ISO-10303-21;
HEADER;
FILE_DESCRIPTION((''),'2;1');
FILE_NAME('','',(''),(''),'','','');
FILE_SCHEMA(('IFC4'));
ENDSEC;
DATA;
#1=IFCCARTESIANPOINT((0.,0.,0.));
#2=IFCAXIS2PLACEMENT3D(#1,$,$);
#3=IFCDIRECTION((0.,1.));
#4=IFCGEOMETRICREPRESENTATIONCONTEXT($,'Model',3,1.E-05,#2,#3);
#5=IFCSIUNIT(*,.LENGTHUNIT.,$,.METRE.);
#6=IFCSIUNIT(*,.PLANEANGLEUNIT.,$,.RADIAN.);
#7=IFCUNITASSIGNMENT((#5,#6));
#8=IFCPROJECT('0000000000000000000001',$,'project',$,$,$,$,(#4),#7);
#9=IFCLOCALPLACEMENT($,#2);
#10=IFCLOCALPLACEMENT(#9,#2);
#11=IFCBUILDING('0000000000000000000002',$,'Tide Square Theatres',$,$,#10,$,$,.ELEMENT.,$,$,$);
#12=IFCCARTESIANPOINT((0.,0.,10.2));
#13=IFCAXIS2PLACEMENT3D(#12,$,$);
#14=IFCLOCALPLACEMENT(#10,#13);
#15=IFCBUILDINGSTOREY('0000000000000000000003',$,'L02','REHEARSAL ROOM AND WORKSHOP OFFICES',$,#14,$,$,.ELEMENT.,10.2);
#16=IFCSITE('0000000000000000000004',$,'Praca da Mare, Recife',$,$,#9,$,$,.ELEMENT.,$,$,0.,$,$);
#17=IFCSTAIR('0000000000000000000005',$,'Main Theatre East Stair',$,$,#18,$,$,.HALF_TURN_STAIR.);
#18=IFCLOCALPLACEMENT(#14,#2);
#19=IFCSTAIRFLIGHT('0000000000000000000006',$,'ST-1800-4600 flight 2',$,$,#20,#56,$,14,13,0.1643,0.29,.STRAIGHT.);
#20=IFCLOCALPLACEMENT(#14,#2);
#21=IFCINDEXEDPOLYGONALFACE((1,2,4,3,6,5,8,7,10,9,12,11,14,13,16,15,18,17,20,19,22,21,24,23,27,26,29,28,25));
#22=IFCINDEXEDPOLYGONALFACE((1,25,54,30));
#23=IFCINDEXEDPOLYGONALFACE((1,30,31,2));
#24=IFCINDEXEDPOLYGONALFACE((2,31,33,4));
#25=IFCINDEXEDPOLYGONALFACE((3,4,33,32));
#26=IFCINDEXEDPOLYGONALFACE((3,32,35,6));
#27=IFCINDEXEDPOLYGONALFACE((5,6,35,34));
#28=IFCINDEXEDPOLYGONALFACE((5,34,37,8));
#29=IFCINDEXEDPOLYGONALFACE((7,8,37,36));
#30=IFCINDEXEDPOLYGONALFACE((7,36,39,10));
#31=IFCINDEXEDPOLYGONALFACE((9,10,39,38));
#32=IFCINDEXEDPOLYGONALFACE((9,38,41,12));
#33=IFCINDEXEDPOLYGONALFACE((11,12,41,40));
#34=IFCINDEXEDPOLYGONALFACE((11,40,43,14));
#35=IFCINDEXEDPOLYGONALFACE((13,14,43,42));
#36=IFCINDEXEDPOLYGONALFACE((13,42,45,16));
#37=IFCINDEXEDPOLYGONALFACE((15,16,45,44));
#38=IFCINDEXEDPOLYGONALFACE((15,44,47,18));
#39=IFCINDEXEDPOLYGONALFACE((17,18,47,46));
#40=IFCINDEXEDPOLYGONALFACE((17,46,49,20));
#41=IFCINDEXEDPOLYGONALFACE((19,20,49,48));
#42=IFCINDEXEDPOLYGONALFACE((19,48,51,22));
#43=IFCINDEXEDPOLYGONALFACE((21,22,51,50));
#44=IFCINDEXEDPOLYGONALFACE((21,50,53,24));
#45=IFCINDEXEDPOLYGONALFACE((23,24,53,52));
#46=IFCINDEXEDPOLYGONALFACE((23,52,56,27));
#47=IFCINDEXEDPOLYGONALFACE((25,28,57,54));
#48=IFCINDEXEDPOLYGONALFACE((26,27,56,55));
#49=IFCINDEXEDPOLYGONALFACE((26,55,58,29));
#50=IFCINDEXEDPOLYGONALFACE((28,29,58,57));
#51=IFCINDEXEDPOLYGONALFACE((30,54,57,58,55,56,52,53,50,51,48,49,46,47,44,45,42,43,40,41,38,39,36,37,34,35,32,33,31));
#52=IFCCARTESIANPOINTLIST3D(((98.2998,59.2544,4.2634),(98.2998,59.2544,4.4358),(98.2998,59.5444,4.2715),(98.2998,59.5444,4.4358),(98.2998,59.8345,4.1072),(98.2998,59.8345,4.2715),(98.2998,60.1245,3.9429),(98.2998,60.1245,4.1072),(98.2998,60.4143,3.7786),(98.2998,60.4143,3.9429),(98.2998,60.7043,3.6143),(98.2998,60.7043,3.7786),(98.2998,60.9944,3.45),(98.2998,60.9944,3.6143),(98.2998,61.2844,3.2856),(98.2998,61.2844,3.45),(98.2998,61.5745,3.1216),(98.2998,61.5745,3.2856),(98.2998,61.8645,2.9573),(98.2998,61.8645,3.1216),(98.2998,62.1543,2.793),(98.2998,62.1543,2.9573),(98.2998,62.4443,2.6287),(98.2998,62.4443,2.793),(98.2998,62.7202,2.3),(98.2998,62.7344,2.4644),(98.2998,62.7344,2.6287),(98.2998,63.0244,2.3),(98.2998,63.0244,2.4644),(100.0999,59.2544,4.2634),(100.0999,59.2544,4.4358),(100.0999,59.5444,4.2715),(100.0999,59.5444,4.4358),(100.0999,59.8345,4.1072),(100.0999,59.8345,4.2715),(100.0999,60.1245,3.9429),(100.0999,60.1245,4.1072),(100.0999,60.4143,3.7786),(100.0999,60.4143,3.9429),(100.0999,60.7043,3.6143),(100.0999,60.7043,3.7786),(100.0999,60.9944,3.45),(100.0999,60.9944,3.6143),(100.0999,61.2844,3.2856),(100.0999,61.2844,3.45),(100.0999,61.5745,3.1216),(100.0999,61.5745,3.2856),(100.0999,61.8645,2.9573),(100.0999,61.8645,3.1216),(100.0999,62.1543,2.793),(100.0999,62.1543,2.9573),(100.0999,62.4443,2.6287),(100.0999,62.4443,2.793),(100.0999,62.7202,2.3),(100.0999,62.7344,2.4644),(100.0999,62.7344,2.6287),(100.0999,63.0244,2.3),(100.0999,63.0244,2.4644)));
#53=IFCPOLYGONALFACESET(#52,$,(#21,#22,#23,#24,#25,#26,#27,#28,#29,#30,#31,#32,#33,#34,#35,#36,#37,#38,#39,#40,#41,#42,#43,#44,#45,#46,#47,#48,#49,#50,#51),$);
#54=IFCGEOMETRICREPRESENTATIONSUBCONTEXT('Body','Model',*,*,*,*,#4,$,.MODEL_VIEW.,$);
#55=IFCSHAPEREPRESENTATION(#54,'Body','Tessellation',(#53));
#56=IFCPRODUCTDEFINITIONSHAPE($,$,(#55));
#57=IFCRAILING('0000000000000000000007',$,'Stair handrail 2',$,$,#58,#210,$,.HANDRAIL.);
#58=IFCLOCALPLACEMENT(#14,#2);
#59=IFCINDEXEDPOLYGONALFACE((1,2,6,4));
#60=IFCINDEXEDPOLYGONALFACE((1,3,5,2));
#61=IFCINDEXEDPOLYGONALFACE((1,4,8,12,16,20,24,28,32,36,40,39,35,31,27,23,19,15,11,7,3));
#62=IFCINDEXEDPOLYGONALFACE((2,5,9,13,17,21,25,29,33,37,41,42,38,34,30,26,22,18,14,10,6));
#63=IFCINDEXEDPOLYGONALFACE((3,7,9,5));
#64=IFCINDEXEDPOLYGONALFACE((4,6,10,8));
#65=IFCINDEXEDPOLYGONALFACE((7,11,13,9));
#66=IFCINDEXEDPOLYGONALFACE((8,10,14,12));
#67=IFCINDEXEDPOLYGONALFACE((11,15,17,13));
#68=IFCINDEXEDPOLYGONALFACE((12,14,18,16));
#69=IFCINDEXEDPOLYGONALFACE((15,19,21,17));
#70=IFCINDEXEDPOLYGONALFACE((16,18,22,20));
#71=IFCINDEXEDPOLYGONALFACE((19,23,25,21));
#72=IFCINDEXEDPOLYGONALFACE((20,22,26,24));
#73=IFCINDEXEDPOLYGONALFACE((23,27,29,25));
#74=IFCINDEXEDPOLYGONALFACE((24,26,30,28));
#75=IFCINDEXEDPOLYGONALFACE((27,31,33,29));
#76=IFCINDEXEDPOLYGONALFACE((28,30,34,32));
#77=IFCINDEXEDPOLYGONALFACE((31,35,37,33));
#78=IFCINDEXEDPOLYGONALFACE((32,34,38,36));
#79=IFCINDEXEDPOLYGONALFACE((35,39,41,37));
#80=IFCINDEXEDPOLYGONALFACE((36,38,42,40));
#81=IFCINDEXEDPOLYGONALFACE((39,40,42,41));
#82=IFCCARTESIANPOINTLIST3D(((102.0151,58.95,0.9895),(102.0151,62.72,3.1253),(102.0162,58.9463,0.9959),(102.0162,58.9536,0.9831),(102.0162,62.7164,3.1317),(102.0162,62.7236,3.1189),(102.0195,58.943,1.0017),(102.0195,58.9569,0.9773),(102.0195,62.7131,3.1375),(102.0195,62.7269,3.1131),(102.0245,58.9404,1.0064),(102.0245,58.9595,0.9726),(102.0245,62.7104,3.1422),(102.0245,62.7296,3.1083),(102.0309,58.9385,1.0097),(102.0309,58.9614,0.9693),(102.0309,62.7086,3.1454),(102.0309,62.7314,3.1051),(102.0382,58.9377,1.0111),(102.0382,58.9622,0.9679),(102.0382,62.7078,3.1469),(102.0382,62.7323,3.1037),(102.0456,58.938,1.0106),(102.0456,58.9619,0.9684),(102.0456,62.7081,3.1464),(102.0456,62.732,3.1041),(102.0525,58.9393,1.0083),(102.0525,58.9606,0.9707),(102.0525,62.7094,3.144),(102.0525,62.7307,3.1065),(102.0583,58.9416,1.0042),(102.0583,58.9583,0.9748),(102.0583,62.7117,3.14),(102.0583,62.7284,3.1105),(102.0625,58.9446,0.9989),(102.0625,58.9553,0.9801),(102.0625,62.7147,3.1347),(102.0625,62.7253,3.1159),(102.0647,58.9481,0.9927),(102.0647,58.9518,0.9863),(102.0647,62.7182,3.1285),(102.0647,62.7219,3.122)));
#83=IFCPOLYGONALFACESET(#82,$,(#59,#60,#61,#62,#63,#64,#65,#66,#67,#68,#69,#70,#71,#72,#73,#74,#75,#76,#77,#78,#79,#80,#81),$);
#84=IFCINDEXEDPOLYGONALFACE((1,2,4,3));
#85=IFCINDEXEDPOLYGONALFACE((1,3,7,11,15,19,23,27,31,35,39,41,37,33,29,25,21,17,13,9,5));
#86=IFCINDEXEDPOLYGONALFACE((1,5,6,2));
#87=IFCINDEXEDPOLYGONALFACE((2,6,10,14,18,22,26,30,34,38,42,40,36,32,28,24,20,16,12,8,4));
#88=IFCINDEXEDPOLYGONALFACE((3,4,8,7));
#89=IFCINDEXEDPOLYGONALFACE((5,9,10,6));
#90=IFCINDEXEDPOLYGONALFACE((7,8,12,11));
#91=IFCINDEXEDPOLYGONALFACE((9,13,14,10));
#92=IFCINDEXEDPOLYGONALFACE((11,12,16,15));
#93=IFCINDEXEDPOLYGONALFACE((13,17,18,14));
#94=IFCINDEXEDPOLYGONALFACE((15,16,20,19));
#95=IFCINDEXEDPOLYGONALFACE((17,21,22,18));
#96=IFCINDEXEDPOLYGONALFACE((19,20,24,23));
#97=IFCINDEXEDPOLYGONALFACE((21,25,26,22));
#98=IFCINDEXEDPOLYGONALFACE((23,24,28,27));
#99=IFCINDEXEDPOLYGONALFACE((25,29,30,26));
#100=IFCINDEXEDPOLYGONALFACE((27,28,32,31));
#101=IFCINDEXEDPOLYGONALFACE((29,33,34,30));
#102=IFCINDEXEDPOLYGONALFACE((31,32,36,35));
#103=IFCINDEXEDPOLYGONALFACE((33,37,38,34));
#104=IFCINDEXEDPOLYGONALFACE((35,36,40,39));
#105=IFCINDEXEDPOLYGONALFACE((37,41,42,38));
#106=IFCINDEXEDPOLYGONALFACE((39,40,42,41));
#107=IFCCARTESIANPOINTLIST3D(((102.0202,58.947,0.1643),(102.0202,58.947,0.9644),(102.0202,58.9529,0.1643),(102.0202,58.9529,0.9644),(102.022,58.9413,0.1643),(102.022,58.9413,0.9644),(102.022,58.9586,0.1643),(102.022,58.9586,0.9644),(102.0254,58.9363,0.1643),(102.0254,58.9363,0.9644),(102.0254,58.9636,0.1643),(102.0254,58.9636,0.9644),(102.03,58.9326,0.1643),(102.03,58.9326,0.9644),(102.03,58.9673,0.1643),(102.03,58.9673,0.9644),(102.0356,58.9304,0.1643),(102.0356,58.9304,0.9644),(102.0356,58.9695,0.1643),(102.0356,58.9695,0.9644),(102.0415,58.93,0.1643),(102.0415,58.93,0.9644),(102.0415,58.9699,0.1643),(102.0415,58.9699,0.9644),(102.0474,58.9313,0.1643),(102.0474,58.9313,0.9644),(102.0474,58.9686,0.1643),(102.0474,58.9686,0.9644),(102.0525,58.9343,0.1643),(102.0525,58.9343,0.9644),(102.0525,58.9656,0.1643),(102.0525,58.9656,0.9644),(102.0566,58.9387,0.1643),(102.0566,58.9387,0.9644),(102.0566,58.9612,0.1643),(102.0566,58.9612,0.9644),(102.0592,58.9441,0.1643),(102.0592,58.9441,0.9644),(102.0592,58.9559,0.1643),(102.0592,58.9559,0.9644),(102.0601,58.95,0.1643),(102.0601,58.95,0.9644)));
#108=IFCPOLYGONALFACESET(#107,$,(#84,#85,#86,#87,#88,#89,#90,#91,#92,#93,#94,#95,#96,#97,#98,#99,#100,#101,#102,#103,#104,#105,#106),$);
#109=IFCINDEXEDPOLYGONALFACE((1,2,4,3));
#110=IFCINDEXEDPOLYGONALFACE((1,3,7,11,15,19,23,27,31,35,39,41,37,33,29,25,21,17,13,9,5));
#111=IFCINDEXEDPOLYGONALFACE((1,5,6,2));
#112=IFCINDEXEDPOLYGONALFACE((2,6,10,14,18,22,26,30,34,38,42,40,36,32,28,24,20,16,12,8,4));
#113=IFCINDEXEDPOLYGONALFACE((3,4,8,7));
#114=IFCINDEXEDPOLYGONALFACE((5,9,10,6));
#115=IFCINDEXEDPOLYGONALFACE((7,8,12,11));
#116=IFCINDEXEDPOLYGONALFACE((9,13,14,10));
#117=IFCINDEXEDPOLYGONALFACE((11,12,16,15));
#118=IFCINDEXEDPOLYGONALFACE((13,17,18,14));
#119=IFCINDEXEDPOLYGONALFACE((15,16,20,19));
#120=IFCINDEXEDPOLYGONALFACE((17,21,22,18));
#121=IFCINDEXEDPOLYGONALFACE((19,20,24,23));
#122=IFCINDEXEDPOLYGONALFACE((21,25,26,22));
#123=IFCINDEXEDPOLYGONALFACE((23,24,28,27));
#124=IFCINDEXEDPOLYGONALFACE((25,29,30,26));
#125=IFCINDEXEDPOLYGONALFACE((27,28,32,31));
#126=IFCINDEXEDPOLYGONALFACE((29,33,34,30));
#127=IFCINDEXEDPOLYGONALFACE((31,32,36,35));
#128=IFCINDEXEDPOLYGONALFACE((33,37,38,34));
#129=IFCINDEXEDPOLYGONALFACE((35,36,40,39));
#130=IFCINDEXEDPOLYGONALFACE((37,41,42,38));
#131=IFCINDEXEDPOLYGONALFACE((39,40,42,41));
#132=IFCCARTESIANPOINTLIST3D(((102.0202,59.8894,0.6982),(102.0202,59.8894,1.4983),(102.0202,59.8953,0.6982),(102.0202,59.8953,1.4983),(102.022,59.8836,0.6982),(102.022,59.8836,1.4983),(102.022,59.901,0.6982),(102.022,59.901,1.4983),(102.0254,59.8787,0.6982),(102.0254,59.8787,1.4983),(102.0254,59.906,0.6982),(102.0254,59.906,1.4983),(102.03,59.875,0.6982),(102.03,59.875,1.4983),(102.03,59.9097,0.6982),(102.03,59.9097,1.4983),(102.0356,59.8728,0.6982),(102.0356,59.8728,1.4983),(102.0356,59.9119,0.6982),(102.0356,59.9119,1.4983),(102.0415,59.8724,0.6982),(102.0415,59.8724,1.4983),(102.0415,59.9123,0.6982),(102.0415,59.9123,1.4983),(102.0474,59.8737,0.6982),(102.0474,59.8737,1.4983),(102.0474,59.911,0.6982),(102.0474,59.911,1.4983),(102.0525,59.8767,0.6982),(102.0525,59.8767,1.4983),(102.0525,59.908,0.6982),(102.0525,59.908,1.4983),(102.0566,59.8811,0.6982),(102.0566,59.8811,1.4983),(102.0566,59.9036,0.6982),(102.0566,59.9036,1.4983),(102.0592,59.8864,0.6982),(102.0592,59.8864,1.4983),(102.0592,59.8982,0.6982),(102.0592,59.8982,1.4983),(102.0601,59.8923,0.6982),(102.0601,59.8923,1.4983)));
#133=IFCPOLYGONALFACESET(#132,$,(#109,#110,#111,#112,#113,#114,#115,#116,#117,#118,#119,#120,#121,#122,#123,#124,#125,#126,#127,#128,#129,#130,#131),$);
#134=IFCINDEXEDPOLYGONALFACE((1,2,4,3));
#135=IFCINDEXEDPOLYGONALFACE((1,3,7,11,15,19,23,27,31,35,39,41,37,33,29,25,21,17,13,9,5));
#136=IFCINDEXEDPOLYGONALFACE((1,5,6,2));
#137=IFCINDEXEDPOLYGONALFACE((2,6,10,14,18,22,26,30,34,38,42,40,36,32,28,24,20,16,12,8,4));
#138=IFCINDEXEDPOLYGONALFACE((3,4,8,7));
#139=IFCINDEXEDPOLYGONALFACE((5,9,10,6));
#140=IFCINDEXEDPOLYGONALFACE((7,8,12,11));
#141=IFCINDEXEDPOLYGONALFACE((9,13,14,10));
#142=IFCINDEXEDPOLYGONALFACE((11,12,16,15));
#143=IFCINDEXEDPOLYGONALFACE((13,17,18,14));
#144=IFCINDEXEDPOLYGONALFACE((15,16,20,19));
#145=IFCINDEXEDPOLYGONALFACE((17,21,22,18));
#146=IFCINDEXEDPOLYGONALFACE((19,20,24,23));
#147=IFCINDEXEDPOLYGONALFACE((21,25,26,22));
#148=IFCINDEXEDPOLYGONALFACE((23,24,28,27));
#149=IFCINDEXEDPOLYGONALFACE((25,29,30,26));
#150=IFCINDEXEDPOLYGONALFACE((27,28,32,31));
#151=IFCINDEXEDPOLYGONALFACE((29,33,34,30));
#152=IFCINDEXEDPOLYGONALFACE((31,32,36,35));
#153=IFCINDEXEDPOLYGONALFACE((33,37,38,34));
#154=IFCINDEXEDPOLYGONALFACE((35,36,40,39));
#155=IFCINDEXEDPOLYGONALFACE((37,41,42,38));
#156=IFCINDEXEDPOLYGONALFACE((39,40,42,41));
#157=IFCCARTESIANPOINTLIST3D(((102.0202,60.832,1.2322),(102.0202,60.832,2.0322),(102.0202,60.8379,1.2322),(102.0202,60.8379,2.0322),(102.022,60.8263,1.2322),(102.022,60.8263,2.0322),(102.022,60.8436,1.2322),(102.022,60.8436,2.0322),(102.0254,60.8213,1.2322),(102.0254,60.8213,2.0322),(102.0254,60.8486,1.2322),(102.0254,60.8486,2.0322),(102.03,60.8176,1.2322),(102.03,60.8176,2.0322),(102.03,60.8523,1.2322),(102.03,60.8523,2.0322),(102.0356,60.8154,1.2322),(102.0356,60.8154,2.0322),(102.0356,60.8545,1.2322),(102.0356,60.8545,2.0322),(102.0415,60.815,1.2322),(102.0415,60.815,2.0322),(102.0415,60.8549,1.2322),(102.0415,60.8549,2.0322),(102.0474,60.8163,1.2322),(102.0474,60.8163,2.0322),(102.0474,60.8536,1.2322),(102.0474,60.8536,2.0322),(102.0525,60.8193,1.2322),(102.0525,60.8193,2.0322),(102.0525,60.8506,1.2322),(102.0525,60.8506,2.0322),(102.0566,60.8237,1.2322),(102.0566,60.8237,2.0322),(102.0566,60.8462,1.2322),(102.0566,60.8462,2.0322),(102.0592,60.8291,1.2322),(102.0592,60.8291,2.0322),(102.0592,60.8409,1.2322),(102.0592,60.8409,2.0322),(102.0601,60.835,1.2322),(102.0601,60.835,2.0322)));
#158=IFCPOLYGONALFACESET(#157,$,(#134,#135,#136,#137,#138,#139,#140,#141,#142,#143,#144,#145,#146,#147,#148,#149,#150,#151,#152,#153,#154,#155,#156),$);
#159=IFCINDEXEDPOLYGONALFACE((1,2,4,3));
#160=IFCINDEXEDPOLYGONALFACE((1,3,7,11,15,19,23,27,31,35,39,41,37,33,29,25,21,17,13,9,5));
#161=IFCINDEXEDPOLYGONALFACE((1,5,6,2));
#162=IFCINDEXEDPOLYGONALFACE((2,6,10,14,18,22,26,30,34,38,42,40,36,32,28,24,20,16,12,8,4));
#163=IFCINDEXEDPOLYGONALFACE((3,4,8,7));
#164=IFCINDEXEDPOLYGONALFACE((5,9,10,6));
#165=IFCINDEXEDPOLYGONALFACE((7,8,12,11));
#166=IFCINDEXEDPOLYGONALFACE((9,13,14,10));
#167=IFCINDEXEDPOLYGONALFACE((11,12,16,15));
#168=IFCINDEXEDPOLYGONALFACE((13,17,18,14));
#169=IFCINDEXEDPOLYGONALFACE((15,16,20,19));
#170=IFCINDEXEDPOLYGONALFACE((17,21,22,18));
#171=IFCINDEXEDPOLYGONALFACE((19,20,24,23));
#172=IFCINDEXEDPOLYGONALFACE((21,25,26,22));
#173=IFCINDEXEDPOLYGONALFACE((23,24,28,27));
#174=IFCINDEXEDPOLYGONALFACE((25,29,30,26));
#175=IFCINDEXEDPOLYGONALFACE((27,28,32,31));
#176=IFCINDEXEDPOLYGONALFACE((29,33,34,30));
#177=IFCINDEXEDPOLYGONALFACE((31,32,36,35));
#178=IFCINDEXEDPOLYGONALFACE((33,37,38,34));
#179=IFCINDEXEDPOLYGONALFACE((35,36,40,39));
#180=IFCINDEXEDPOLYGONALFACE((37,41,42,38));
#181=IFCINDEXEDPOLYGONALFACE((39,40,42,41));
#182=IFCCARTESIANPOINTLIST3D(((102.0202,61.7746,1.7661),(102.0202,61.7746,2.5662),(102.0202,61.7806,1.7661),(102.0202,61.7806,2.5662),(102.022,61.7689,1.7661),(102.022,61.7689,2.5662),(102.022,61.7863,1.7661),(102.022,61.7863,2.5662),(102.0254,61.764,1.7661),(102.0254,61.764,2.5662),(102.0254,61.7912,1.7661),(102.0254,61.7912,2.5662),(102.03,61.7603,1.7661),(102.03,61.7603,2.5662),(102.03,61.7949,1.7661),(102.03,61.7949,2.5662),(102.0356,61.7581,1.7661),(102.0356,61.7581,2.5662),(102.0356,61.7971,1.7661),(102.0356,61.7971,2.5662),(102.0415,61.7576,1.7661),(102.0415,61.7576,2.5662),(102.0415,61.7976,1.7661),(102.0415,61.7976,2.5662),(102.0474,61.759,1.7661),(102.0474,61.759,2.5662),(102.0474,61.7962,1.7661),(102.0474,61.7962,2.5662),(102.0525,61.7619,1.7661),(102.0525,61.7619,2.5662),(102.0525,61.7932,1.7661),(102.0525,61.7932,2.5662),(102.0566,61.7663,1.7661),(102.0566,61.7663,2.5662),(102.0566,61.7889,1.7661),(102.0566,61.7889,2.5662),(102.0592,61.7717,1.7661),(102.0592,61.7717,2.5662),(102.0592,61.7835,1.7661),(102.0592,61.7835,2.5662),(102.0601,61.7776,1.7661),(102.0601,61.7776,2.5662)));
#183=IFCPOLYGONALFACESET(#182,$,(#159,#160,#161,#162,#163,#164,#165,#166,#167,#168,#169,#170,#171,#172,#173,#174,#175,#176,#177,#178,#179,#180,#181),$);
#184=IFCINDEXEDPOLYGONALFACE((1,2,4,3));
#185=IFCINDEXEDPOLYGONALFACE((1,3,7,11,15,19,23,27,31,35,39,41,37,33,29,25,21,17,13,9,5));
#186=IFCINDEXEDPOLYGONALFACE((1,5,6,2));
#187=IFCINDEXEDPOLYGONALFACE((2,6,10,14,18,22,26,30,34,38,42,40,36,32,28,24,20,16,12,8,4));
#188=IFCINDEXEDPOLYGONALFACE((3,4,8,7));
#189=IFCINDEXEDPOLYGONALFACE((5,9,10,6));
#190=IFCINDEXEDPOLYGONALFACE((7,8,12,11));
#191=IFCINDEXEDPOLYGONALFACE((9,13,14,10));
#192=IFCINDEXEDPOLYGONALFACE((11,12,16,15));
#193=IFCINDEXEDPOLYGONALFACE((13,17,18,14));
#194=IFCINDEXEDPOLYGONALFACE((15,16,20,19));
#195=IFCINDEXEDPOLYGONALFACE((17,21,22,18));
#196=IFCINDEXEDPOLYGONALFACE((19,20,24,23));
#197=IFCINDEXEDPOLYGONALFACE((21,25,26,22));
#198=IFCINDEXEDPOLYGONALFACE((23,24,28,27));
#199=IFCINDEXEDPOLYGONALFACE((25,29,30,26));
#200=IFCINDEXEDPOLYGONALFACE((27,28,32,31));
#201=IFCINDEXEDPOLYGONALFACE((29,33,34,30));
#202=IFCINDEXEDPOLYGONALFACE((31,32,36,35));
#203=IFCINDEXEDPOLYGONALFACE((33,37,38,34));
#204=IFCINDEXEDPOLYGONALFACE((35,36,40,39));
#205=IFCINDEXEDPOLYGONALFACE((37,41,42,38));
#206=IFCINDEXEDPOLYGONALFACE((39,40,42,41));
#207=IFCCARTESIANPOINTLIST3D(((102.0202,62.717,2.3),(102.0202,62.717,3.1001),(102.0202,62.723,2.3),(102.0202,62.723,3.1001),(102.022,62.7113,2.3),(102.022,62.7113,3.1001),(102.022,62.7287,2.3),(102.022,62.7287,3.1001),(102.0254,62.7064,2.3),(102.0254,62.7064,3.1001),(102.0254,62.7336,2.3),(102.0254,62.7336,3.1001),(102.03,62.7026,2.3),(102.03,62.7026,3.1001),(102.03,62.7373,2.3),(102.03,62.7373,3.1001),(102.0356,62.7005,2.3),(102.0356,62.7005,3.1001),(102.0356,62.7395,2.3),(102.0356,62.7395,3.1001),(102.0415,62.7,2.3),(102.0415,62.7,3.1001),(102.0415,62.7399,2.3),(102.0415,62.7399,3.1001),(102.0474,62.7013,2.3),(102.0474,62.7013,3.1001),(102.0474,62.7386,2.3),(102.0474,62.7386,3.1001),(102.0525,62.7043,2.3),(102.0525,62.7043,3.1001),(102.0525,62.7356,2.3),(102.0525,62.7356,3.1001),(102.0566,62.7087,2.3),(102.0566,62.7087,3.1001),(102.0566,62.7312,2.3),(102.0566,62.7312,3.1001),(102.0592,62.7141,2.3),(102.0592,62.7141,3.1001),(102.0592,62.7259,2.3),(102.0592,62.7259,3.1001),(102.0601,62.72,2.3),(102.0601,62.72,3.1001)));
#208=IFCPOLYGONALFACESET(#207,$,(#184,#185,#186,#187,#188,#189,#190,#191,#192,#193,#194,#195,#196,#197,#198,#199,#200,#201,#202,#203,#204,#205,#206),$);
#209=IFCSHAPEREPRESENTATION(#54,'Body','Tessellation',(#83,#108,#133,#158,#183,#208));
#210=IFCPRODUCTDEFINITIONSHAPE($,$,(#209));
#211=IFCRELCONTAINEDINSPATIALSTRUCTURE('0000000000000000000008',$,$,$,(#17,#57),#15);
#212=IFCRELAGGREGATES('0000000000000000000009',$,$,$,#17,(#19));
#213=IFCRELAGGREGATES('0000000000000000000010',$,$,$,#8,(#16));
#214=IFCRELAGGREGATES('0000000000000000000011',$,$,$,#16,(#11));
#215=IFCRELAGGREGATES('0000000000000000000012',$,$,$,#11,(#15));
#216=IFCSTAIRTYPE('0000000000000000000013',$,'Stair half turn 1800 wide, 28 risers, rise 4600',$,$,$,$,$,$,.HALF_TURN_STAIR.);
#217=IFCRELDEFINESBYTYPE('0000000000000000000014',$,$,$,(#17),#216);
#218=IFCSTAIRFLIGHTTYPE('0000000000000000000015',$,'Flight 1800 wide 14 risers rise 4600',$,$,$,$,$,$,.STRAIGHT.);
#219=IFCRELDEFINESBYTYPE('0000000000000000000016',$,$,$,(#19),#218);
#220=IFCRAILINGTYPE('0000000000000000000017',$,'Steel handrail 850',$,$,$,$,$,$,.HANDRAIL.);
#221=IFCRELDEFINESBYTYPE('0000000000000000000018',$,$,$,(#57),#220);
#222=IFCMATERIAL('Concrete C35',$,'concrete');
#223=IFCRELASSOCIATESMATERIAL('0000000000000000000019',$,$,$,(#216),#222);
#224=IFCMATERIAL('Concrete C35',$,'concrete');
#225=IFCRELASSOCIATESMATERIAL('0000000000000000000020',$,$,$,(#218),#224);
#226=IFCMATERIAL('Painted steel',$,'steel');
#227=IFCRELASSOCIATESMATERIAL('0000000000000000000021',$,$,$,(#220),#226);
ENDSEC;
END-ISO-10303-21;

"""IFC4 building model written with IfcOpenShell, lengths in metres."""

from ifc_helpers import new_model, si_unit, direction, frame, origin, origin_2d, place, context, subcontext, project, spatial, polyline, circle, outline, extrude, material, type_object, element, aggregate, save


model = new_model("IFC4")

# Units and contexts
model_context = context("Model", 3, precision=1e-05, world=origin(), true_north=direction((0.0, 1.0)))
body_context = subcontext(model_context, "Body", "Model", "MODEL_VIEW")
ifc_project = project(units=[si_unit("LENGTHUNIT", "METRE"), si_unit("PLANEANGLEUNIT", "RADIAN")], contexts=[model_context])

# Site, building, storey
site_placement = place(None, origin())
site = spatial("IfcSite", under=ifc_project, at=site_placement, Name="Praca da Mare, Recife", CompositionType="ELEMENT", RefElevation=0.0)
building_placement = place(site_placement, origin())
building = spatial("IfcBuilding", under=site, at=building_placement, Name="Tide Square Theatres", CompositionType="ELEMENT")
storey_placement = place(building_placement, frame((0.0, 0.0, 10.2)))
storey = spatial("IfcBuildingStorey", under=building, at=storey_placement, Name="L02", Description="REHEARSAL ROOM AND WORKSHOP OFFICES", CompositionType="ELEMENT", Elevation=10.2)

# Stair, stair flight
ifc_material_1 = material(Name="Concrete C35", Category="concrete")
stair_type = type_object("IfcStairType", Name="Stair half turn 1800 wide, 28 risers, rise 4600", PredefinedType="HALF_TURN_STAIR", material=ifc_material_1)
stair_placement = place(storey_placement, origin())
stair = element("IfcStair", 1, at=stair_placement, inside=storey, type_object=stair_type, Name="Main Theatre East Stair", PredefinedType="HALF_TURN_STAIR")
ifc_material_2 = material(Name="Concrete C35", Category="concrete")
stair_flight_type = type_object("IfcStairFlightType", Name="Flight 1800 wide 14 risers rise 4600", PredefinedType="STRAIGHT", material=ifc_material_2)
stair_flight_1_placement = place(storey_placement, frame((99.2, 63.0244, 2.3), z_axis=(0.0, 0.0, 1.0), x_axis=(0.0, -1.0, 0.0)))
stair_flight_1 = element("IfcStairFlight", 2, at=stair_flight_1_placement, type_object=stair_flight_type, Name="ST-1800-4600 flight 2", NumberOfRisers=14, NumberOfTreads=13, PredefinedType="STRAIGHT", RiserHeight=0.1643, TreadLength=0.29, context=body_context, shape_type="SweptSolid", body=[
    extrude(outline(polyline([(0.0, 0.0), (0.0, 0.1643), (0.29, 0.1643), (0.29, 0.3286), (0.5801, 0.3286), (0.5801, 0.4929), (0.8701, 0.4929), (0.8701, 0.6572), (1.1599, 0.6572), (1.1599, 0.8215), (1.45, 0.8215), (1.45, 0.9856), (1.74, 0.9856), (1.74, 1.1499), (2.03, 1.1499), (2.03, 1.3142), (2.3201, 1.3142), (2.3201, 1.4785), (2.6101, 1.4785), (2.6101, 1.6428), (2.8999, 1.6428), (2.8999, 1.8071), (3.1899, 1.8071), (3.1899, 1.9714), (3.48, 1.9714), (3.48, 2.1357), (3.77, 2.1357), (3.77, 2.3), (3.77, 1.9634), (0.3042, 0.0), (0.0, 0.0)])), frame((0.0, 0.8999, 0.0), z_axis=(0.0, -1.0, 0.0), x_axis=(1.0, 0.0, 0.0)), (0.0, 0.0, 1.0), 1.8),
])
aggregate(stair, [stair_flight_1])

# Railing
ifc_material_3 = material(Name="Painted steel", Category="steel")
railing_type = type_object("IfcRailingType", Name="Steel handrail 850", PredefinedType="HANDRAIL", material=ifc_material_3)
for number, where, name in (
    (3, (102.04, 58.95, 0.1643), "Stair handrail 2"),
):
    element("IfcRailing", number, at=place(storey_placement, frame(where)), inside=storey, type_object=railing_type, Name=name, PredefinedType="HANDRAIL", context=body_context, shape_type="SweptSolid", body=[
        extrude(circle(Radius=0.0249, at=origin_2d()), frame((0.0, 0.0, 0.8252), z_axis=(0.0, 0.870082, 0.492907), x_axis=(-1.0, 0.0, 0.0)), (0.0, 0.0, 1.0), 4.333),
        extrude(circle(Radius=0.02, at=origin_2d()), origin(), (0.0, 0.0, 1.0), 0.8),
        extrude(circle(Radius=0.02, at=origin_2d()), frame((0.0, 0.9424, 0.5339)), (0.0, 0.0, 1.0), 0.8),
        extrude(circle(Radius=0.02, at=origin_2d()), frame((0.0, 1.885, 1.0679)), (0.0, 0.0, 1.0), 0.8),
        extrude(circle(Radius=0.02, at=origin_2d()), frame((0.0, 2.8276, 1.6018)), (0.0, 0.0, 1.0), 0.8),
        extrude(circle(Radius=0.02, at=origin_2d()), frame((0.0, 3.77, 2.1357)), (0.0, 0.0, 1.0), 0.8),
    ])

save(model, "model.ifc")
